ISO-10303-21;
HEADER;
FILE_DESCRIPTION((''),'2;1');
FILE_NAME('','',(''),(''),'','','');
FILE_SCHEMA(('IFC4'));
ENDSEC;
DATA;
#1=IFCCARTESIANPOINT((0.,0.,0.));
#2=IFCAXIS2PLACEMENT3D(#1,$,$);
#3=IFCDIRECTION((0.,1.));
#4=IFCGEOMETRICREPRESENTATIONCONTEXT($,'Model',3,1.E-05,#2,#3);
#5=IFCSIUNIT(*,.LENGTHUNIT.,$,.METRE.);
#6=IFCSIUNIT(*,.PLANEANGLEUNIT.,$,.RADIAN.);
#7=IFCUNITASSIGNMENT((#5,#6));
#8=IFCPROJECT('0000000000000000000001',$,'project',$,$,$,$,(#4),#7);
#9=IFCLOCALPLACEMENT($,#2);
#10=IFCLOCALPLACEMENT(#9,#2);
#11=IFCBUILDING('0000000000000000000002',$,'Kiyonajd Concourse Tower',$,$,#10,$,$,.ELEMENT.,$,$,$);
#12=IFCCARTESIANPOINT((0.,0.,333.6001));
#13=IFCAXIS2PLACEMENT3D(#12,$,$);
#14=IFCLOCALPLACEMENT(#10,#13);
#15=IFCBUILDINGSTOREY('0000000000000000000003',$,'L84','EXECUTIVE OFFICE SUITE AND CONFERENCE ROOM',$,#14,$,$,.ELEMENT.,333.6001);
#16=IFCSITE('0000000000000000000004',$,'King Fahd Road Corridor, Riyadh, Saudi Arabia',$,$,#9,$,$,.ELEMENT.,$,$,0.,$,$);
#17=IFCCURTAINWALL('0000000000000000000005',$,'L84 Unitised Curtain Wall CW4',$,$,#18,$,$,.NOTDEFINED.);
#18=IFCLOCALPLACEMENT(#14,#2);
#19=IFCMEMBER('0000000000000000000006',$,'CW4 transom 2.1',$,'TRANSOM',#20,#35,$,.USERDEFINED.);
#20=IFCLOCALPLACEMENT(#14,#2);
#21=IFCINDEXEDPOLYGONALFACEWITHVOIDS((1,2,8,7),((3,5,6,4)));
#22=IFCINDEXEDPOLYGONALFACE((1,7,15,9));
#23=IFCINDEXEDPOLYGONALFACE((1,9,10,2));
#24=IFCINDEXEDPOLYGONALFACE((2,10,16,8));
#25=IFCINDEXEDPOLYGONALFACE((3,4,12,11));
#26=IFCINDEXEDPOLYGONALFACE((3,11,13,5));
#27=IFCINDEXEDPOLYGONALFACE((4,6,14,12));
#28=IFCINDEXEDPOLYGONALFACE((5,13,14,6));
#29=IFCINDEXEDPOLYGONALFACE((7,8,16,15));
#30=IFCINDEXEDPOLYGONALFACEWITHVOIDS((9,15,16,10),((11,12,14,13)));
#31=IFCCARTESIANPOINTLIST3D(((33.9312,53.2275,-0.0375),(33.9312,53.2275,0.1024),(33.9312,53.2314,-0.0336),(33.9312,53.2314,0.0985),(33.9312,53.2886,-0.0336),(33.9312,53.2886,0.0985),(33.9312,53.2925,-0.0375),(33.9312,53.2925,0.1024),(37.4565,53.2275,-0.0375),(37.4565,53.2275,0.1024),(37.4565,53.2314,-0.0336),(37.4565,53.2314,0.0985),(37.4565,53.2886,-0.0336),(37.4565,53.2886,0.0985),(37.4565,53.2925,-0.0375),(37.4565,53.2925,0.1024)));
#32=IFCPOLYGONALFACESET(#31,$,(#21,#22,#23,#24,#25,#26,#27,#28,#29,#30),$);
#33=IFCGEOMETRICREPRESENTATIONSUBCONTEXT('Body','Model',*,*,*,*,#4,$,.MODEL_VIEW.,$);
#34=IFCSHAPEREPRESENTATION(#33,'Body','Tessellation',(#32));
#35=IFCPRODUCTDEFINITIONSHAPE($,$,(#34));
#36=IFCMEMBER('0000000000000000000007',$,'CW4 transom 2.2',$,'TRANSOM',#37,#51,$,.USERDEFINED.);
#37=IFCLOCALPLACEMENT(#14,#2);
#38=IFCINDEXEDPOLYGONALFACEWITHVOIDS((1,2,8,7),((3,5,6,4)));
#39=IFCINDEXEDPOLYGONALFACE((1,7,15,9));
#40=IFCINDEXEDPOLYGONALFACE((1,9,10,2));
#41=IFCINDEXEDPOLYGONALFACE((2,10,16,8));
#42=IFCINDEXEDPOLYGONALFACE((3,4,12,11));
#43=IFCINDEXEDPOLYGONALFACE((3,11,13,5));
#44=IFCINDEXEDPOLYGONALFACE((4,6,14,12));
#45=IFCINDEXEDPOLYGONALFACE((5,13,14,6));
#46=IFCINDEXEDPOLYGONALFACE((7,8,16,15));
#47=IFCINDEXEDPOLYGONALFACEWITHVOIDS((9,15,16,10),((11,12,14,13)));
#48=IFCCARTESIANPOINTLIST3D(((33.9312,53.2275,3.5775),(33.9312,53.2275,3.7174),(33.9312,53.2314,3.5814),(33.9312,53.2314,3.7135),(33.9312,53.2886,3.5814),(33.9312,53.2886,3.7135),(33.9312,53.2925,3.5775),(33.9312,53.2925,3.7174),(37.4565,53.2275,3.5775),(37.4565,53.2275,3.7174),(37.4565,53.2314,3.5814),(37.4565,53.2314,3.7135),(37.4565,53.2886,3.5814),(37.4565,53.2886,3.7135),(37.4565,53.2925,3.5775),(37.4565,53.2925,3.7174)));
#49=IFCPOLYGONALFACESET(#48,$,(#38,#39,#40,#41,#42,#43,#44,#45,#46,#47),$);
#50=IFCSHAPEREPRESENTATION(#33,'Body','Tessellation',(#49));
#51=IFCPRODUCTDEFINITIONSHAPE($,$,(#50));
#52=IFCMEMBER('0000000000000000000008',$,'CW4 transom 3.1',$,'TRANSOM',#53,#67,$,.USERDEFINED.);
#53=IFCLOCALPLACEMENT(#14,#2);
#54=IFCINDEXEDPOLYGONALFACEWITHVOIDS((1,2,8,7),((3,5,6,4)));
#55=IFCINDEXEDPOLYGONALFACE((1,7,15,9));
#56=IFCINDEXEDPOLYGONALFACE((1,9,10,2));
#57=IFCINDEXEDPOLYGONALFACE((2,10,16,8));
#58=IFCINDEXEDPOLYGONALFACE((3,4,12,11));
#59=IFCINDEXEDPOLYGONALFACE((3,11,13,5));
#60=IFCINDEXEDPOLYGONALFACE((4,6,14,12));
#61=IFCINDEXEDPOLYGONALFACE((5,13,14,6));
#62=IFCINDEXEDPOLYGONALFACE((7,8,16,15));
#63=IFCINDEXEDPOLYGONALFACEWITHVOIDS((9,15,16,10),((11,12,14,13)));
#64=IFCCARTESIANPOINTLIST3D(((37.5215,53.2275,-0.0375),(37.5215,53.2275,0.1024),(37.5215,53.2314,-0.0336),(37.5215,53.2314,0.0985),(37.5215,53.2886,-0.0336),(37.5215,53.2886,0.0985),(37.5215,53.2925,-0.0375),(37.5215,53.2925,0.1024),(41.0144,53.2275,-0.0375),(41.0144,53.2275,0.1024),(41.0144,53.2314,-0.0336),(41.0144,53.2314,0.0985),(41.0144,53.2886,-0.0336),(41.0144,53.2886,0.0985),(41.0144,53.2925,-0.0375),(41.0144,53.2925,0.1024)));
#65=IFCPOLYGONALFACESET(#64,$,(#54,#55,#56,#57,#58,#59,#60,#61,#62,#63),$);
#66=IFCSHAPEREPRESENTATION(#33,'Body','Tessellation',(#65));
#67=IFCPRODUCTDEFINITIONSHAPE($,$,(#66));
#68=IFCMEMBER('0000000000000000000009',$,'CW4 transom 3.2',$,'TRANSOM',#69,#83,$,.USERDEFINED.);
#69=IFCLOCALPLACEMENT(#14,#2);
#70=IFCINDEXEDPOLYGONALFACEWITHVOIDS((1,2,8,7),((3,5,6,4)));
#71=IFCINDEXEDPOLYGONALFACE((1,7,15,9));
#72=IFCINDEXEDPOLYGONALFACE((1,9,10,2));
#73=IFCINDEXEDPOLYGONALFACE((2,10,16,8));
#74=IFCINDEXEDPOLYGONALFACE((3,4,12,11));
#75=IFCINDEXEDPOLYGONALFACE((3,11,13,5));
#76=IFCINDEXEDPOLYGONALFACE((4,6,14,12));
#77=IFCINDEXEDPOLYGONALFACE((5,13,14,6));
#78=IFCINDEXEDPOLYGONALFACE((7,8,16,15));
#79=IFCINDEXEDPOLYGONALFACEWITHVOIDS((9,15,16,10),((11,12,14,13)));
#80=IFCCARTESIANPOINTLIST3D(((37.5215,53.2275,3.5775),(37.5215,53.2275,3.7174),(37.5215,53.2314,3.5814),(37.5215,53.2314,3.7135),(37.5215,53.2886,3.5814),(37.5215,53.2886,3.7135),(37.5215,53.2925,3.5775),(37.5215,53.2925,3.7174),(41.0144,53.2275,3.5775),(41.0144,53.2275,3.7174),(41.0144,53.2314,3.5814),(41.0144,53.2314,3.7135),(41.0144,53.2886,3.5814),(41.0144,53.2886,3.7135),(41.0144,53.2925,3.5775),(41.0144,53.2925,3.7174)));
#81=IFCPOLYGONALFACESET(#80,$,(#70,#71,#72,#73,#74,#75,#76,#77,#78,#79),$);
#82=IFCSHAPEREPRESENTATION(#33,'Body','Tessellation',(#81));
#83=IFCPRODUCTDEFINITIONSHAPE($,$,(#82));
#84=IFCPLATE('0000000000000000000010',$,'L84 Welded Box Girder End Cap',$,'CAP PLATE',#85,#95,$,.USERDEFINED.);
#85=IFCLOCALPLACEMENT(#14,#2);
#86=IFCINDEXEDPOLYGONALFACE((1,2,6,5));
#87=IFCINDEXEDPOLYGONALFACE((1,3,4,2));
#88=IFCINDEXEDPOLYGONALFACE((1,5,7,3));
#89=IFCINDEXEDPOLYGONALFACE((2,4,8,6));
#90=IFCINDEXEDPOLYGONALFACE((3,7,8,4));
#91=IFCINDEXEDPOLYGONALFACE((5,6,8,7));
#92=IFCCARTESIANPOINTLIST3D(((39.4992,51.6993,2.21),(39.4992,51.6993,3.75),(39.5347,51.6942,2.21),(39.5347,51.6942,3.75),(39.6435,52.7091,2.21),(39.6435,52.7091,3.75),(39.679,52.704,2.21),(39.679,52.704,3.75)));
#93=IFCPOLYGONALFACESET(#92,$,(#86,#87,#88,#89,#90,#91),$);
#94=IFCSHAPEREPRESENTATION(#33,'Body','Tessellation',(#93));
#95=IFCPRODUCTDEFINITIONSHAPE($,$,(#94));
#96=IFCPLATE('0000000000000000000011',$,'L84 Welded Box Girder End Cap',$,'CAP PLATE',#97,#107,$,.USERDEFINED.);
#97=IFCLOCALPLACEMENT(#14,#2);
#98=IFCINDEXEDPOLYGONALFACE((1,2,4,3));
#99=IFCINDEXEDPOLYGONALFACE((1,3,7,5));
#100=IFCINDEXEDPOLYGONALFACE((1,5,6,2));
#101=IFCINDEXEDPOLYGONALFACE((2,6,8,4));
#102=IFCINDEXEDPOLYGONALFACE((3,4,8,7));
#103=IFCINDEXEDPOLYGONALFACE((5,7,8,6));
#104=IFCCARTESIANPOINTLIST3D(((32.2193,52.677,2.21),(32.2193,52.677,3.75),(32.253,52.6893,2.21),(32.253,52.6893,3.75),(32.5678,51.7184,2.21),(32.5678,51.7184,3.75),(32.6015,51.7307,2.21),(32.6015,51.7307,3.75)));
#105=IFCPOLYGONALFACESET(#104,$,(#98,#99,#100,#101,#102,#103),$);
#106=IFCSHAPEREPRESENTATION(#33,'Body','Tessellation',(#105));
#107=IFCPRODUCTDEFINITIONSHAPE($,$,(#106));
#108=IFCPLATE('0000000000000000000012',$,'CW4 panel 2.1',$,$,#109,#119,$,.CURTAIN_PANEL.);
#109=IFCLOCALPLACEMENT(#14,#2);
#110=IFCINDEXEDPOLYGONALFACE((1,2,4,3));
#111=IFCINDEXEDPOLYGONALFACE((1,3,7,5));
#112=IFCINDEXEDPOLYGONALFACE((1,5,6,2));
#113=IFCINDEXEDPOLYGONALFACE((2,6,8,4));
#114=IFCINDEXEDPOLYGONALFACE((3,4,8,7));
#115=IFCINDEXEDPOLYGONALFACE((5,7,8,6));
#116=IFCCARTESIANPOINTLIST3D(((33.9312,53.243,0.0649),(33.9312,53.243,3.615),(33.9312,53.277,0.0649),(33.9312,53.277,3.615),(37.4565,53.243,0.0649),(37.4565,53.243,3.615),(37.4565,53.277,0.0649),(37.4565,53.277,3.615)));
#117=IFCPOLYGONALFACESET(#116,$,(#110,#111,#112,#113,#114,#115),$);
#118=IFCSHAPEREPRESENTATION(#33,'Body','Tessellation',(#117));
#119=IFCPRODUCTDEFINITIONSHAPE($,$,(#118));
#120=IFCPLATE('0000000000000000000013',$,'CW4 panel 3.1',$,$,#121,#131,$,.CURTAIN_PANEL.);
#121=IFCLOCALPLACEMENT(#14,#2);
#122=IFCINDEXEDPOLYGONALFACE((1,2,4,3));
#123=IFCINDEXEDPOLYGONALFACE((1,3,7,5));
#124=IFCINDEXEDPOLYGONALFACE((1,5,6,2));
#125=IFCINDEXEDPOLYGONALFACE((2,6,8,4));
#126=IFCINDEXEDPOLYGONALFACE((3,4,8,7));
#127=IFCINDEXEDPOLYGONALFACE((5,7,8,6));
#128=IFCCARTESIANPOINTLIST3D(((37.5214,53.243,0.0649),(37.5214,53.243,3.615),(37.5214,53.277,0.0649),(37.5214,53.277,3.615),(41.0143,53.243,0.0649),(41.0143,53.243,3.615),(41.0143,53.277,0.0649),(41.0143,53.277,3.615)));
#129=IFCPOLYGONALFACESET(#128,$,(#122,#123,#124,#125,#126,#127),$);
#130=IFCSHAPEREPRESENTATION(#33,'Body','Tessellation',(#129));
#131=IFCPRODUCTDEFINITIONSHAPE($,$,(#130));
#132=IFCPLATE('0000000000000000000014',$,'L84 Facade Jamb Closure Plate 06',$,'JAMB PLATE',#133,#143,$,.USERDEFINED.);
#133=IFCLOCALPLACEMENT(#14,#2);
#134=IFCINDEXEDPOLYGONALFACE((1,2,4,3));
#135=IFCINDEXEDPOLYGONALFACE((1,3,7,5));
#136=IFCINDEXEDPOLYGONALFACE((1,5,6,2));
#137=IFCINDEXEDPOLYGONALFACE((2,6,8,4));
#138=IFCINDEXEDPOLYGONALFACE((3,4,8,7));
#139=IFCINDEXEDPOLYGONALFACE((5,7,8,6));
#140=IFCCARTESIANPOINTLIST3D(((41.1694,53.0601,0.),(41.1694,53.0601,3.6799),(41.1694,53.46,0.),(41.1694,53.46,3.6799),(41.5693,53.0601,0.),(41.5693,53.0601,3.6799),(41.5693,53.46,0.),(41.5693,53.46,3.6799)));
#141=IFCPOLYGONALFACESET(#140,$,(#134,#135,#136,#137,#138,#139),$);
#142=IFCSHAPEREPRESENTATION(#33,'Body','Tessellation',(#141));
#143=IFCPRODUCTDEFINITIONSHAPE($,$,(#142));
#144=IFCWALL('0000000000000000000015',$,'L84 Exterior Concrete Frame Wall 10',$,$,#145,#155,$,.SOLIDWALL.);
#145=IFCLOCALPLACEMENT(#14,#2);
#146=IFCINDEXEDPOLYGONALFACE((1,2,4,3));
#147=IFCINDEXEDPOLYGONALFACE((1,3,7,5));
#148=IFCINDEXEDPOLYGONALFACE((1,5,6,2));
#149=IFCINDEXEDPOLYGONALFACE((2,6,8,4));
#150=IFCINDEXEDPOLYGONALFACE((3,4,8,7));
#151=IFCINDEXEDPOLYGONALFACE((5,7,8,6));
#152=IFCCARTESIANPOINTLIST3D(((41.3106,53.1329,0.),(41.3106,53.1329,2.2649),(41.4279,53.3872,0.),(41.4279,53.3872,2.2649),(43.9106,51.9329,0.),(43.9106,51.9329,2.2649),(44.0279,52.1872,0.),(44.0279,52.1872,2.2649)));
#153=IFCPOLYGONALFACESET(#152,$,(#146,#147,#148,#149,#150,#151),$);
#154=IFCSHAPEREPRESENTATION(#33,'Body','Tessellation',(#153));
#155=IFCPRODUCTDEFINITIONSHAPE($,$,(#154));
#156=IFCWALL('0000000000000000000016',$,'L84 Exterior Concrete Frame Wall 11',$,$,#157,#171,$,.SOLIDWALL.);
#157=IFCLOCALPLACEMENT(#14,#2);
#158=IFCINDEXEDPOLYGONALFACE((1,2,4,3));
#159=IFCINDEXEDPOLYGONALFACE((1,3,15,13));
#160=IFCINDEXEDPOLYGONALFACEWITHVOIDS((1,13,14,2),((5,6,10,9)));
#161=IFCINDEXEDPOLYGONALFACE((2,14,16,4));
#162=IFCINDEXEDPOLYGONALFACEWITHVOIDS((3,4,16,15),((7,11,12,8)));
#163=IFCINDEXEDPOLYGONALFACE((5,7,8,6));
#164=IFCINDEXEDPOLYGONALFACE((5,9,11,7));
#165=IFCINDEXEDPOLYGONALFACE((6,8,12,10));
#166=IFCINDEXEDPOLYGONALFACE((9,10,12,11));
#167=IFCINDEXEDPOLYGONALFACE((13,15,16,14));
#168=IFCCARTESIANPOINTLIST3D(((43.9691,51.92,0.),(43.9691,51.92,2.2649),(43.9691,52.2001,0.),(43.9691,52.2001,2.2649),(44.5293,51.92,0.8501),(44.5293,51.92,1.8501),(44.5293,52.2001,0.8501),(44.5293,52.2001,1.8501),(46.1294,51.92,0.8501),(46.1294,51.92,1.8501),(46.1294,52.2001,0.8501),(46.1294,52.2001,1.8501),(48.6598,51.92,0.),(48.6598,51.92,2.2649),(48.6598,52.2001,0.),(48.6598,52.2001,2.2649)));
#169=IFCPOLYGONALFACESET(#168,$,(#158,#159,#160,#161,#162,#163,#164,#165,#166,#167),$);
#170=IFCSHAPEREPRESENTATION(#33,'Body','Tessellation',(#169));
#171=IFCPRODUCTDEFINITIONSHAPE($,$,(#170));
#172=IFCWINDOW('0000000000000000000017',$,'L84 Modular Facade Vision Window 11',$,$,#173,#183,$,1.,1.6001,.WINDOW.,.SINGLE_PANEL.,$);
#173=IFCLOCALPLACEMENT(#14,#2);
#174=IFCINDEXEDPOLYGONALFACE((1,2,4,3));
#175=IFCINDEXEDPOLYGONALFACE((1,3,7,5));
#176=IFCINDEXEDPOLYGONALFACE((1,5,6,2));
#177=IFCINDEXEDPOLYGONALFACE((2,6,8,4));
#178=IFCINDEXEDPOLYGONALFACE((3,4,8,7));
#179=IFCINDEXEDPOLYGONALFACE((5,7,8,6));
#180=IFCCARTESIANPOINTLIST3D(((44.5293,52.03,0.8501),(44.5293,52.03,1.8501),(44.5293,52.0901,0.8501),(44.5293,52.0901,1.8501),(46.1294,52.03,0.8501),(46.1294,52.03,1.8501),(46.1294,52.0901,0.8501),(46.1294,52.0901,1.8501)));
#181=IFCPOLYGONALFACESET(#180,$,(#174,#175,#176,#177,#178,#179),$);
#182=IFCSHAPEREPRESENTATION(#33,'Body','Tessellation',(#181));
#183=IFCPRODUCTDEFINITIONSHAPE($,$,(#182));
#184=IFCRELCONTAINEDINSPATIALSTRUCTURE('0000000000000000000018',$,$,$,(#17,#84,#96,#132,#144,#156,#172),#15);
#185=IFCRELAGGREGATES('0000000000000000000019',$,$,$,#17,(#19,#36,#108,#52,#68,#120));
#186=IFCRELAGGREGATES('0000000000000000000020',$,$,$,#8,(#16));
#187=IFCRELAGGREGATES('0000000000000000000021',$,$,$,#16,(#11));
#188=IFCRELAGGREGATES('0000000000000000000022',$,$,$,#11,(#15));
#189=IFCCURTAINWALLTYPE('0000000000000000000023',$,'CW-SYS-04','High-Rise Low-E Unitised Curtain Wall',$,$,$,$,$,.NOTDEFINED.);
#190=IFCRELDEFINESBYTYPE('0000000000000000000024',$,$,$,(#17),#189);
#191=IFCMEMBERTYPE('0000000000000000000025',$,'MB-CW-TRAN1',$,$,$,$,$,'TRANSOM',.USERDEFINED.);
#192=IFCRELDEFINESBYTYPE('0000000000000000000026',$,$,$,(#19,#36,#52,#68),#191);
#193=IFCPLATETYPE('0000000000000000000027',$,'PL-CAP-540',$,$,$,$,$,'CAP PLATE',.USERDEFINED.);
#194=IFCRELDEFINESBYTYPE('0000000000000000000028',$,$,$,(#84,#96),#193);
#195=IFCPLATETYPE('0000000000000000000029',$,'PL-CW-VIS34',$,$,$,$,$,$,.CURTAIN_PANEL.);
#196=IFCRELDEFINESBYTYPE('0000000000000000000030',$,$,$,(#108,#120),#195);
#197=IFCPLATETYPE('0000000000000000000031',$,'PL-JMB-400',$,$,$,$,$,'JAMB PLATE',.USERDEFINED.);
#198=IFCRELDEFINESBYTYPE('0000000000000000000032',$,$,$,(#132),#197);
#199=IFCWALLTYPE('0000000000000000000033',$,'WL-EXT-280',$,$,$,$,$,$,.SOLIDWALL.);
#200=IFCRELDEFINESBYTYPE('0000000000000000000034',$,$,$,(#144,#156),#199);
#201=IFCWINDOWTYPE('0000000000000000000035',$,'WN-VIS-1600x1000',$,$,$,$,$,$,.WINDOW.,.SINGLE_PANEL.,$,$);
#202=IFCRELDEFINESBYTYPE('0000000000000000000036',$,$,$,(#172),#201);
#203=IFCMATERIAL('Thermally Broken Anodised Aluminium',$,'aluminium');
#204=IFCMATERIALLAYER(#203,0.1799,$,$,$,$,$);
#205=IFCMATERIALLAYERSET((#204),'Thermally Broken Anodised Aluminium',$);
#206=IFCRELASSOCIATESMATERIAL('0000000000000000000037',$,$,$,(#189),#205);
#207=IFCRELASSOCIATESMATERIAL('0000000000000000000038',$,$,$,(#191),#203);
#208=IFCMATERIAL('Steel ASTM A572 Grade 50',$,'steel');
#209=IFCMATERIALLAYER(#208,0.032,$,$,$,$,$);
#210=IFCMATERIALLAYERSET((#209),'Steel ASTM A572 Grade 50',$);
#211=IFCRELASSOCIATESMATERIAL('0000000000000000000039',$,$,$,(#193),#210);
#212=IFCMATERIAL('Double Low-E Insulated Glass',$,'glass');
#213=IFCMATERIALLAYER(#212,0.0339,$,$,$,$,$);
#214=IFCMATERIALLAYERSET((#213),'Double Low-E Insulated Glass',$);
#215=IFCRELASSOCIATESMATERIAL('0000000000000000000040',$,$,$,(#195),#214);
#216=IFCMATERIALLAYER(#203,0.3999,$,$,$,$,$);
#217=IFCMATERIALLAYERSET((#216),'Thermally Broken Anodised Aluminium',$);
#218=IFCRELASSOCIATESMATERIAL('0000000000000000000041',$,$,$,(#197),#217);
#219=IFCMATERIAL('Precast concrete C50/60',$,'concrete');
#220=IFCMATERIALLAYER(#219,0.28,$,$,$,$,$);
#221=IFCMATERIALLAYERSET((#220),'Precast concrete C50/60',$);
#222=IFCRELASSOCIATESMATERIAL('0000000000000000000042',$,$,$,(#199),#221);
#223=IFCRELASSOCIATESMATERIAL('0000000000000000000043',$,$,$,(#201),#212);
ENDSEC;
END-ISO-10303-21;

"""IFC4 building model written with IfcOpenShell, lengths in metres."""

from ifc_helpers import new_model, si_unit, direction, frame, frame_2d, origin, origin_2d, place, context, subcontext, project, spatial, rectangle, hollow_rectangle, extrude, material, layer, layer_set, material_profile, profile_set, type_object, element, fill, aggregate, save


model = new_model("IFC4")

# Units and contexts
model_context = context("Model", 3, precision=1e-05, world=origin(), true_north=direction((0.0, 1.0)))
body_context = subcontext(model_context, "Body", "Model", "MODEL_VIEW")
ifc_project = project(units=[si_unit("LENGTHUNIT", "METRE"), si_unit("PLANEANGLEUNIT", "RADIAN")], contexts=[model_context])

# Site, building, storey
site_placement = place(None, origin())
site = spatial("IfcSite", under=ifc_project, at=site_placement, Name="King Fahd Road Corridor, Riyadh, Saudi Arabia", CompositionType="ELEMENT", RefElevation=0.0)
building_placement = place(site_placement, origin())
building = spatial("IfcBuilding", under=site, at=building_placement, Name="Kiyonajd Concourse Tower", CompositionType="ELEMENT")
storey_placement = place(building_placement, frame((0.0, 0.0, 333.6001)))
storey = spatial("IfcBuildingStorey", under=building, at=storey_placement, Name="L84", Description="EXECUTIVE OFFICE SUITE AND CONFERENCE ROOM", CompositionType="ELEMENT", Elevation=333.6001)

# Curtain wall, members
ifc_material_1 = material(Name="Thermally Broken Anodised Aluminium", Category="aluminium")
ifc_layer_1 = layer(ifc_material_1, 0.1799)
ifc_layer_set_1 = layer_set([ifc_layer_1], Name="Thermally Broken Anodised Aluminium")
curtain_wall_type = type_object("IfcCurtainWallType", Name="CW-SYS-04", Description="High-Rise Low-E Unitised Curtain Wall", PredefinedType="NOTDEFINED", material=ifc_layer_set_1)
curtain_wall_placement = place(storey_placement, origin())
curtain_wall = element("IfcCurtainWall", 1, at=curtain_wall_placement, inside=storey, type_object=curtain_wall_type, Name="L84 Unitised Curtain Wall CW4", PredefinedType="NOTDEFINED")
ifc_material_profile_1 = material_profile(ifc_material_1, hollow_rectangle(XDim=0.0649, YDim=0.1399, WallThickness=0.0039, at=origin_2d()), Name="TRAN-65x140")
ifc_profile_set_1 = profile_set([ifc_material_profile_1], Name="Thermally Broken Anodised Aluminium")
member_type_1 = type_object("IfcMemberType", Name="MB-CW-TRAN1", ElementType="TRANSOM", PredefinedType="USERDEFINED", material=ifc_profile_set_1)
member_1_placement = place(storey_placement, frame((33.9312, 53.26, 0.0325), z_axis=(1.0, 0.0, 0.0), x_axis=(0.0, 1.0, 0.0)))
member_1 = element("IfcMember", 2, at=member_1_placement, type_object=member_type_1, Name="CW4 transom 2.1", ObjectType="TRANSOM", PredefinedType="USERDEFINED", context=body_context, shape_type="SweptSolid", body=[
    extrude(hollow_rectangle(XDim=0.0649, YDim=0.1399, WallThickness=0.0039, at=origin_2d()), origin(), (0.0, 0.0, 1.0), 3.5254),
])
member_2_placement = place(storey_placement, frame((33.9312, 53.26, 3.6475), z_axis=(1.0, 0.0, 0.0), x_axis=(0.0, 1.0, 0.0)))
member_2 = element("IfcMember", 3, at=member_2_placement, type_object=member_type_1, Name="CW4 transom 2.2", ObjectType="TRANSOM", PredefinedType="USERDEFINED", context=body_context, shape_type="SweptSolid", body=[
    extrude(hollow_rectangle(XDim=0.0649, YDim=0.1399, WallThickness=0.0039, at=origin_2d()), origin(), (0.0, 0.0, 1.0), 3.5254),
])
member_3_placement = place(storey_placement, frame((37.5215, 53.26, 0.0325), z_axis=(1.0, 0.0, 0.0), x_axis=(0.0, 1.0, 0.0)))
member_3 = element("IfcMember", 4, at=member_3_placement, type_object=member_type_1, Name="CW4 transom 3.1", ObjectType="TRANSOM", PredefinedType="USERDEFINED", context=body_context, shape_type="SweptSolid", body=[
    extrude(hollow_rectangle(XDim=0.0649, YDim=0.1399, WallThickness=0.0039, at=origin_2d()), origin(), (0.0, 0.0, 1.0), 3.4929),
])
member_4_placement = place(storey_placement, frame((37.5215, 53.26, 3.6475), z_axis=(1.0, 0.0, 0.0), x_axis=(0.0, 1.0, 0.0)))
member_4 = element("IfcMember", 5, at=member_4_placement, type_object=member_type_1, Name="CW4 transom 3.2", ObjectType="TRANSOM", PredefinedType="USERDEFINED", context=body_context, shape_type="SweptSolid", body=[
    extrude(hollow_rectangle(XDim=0.0649, YDim=0.1399, WallThickness=0.0039, at=origin_2d()), origin(), (0.0, 0.0, 1.0), 3.4929),
])

# Plates
ifc_material_2 = material(Name="Steel ASTM A572 Grade 50", Category="steel")
ifc_layer_2 = layer(ifc_material_2, 0.032)
ifc_layer_set_2 = layer_set([ifc_layer_2], Name="Steel ASTM A572 Grade 50")
plate_type_1 = type_object("IfcPlateType", Name="PL-CAP-540", ElementType="CAP PLATE", PredefinedType="USERDEFINED", material=ifc_layer_set_2)
for number, where, z_axis, x_axis, name in (
    (6, (39.5891, 52.2017, 2.21), (0.0, 0.0, 1.0), (-0.98995, 0.14142, 0.0), "L84 Welded Box Girder End Cap"),
    (7, (32.4104, 52.2039, 2.21), (0.0, 0.0, 1.0), (0.939812, 0.341692, 0.0), "L84 Welded Box Girder End Cap"),
):
    element("IfcPlate", number, at=place(storey_placement, frame(where, z_axis=z_axis, x_axis=x_axis)), inside=storey, type_object=plate_type_1, Name=name, ObjectType="CAP PLATE", PredefinedType="USERDEFINED", context=body_context, shape_type="SweptSolid", body=[
        extrude(rectangle(XDim=0.0359, YDim=1.02, at=origin_2d()), origin(), (0.0, 0.0, 1.0), 1.54),
    ])

# Plates
ifc_material_3 = material(Name="Double Low-E Insulated Glass", Category="glass")
ifc_layer_3 = layer(ifc_material_3, 0.0339)
ifc_layer_set_3 = layer_set([ifc_layer_3], Name="Double Low-E Insulated Glass")
plate_type_2 = type_object("IfcPlateType", Name="PL-CW-VIS34", PredefinedType="CURTAIN_PANEL", material=ifc_layer_set_3)
plate_1_placement = place(storey_placement, frame((35.6938, 53.26, 0.0649), z_axis=(0.0, 0.0, 1.0), x_axis=(1.0, 0.0, 0.0)))
plate_1 = element("IfcPlate", 8, at=plate_1_placement, type_object=plate_type_2, Name="CW4 panel 2.1", PredefinedType="CURTAIN_PANEL", context=body_context, shape_type="SweptSolid", body=[
    extrude(rectangle(XDim=3.5254, YDim=0.0339, at=origin_2d()), origin(), (0.0, 0.0, 1.0), 3.55),
])
plate_2_placement = place(storey_placement, frame((39.2678, 53.26, 0.0649), z_axis=(0.0, 0.0, 1.0), x_axis=(1.0, 0.0, 0.0)))
plate_2 = element("IfcPlate", 9, at=plate_2_placement, type_object=plate_type_2, Name="CW4 panel 3.1", PredefinedType="CURTAIN_PANEL", context=body_context, shape_type="SweptSolid", body=[
    extrude(rectangle(XDim=3.4929, YDim=0.0339, at=origin_2d()), origin(), (0.0, 0.0, 1.0), 3.55),
])
aggregate(curtain_wall, [member_1, member_2, plate_1, member_3, member_4, plate_2])
ifc_layer_4 = layer(ifc_material_1, 0.3999)
ifc_layer_set_4 = layer_set([ifc_layer_4], Name="Thermally Broken Anodised Aluminium")
plate_type_3 = type_object("IfcPlateType", Name="PL-JMB-400", ElementType="JAMB PLATE", PredefinedType="USERDEFINED", material=ifc_layer_set_4)
plate_3_placement = place(storey_placement, frame((41.3694, 53.26, 0.0), z_axis=(0.0, 0.0, 1.0), x_axis=(1.0, 0.0, 0.0)))
element("IfcPlate", 10, at=plate_3_placement, inside=storey, type_object=plate_type_3, Name="L84 Facade Jamb Closure Plate 06", ObjectType="JAMB PLATE", PredefinedType="USERDEFINED", context=body_context, shape_type="SweptSolid", body=[
    extrude(rectangle(XDim=0.3999, YDim=0.3999, at=origin_2d()), origin(), (0.0, 0.0, 1.0), 3.6799),
])

# Wall
ifc_material_4 = material(Name="Precast concrete C50/60", Category="concrete")
ifc_layer_5 = layer(ifc_material_4, 0.28)
ifc_layer_set_5 = layer_set([ifc_layer_5], Name="Precast concrete C50/60")
wall_type_1 = type_object("IfcWallType", Name="WL-EXT-280", PredefinedType="SOLIDWALL", material=ifc_layer_set_5)
wall_1_placement = place(storey_placement, frame((41.3694, 53.26, 0.0), z_axis=(0.0, 0.0, 1.0), x_axis=(0.907957, -0.419064, 0.0)))
element("IfcWall", 11, at=wall_1_placement, inside=storey, type_object=wall_type_1, Name="L84 Exterior Concrete Frame Wall 10", PredefinedType="SOLIDWALL", context=body_context, shape_type="SweptSolid", body=[
    extrude(rectangle(XDim=2.8635, YDim=0.28, at=frame_2d((1.4316, 0.0))), origin(), (0.0, 0.0, 1.0), 2.2649),
])

# Wall, opening, window
wall_2_placement = place(storey_placement, frame((43.9692, 52.0601, 0.0), z_axis=(0.0, 0.0, 1.0), x_axis=(1.0, 0.0, 0.0)))
wall_2 = element("IfcWall", 12, at=wall_2_placement, inside=storey, type_object=wall_type_1, Name="L84 Exterior Concrete Frame Wall 11", PredefinedType="SOLIDWALL", context=body_context, shape_type="SweptSolid", body=[
    extrude(rectangle(XDim=4.6907, YDim=0.28, at=frame_2d((2.3452, 0.0))), origin(), (0.0, 0.0, 1.0), 2.2649),
])
opening_1_placement = place(wall_2_placement, frame((0.5601, 0.0, 0.8501)))
opening_1 = element("IfcOpeningElement", 13, at=opening_1_placement, cuts=wall_2, PredefinedType="OPENING", context=body_context, shape_type="SweptSolid", body=[
    extrude(rectangle(XDim=1.6001, YDim=1.0, at=frame_2d((0.8, 0.5))), frame((0.0, 0.1499, 0.0), z_axis=(0.0, -1.0, 0.0), x_axis=(1.0, 0.0, 0.0)), (0.0, 0.0, 1.0), 0.3),
])
window_type = type_object("IfcWindowType", Name="WN-VIS-1600x1000", PartitioningType="SINGLE_PANEL", PredefinedType="WINDOW", material=ifc_material_3)
window_placement = place(opening_1_placement, origin())
window = element("IfcWindow", 14, at=window_placement, inside=storey, type_object=window_type, Name="L84 Modular Facade Vision Window 11", OverallHeight=1.0, OverallWidth=1.6001, PartitioningType="SINGLE_PANEL", PredefinedType="WINDOW", context=body_context, shape_type="SweptSolid", body=[
    extrude(rectangle(XDim=1.6001, YDim=1.0, at=frame_2d((0.8, 0.5))), frame((0.0, 0.03, 0.0), z_axis=(0.0, -1.0, 0.0), x_axis=(1.0, 0.0, 0.0)), (0.0, 0.0, 1.0), 0.0601),
])
fill(opening_1, window)

save(model, "model.ifc")
